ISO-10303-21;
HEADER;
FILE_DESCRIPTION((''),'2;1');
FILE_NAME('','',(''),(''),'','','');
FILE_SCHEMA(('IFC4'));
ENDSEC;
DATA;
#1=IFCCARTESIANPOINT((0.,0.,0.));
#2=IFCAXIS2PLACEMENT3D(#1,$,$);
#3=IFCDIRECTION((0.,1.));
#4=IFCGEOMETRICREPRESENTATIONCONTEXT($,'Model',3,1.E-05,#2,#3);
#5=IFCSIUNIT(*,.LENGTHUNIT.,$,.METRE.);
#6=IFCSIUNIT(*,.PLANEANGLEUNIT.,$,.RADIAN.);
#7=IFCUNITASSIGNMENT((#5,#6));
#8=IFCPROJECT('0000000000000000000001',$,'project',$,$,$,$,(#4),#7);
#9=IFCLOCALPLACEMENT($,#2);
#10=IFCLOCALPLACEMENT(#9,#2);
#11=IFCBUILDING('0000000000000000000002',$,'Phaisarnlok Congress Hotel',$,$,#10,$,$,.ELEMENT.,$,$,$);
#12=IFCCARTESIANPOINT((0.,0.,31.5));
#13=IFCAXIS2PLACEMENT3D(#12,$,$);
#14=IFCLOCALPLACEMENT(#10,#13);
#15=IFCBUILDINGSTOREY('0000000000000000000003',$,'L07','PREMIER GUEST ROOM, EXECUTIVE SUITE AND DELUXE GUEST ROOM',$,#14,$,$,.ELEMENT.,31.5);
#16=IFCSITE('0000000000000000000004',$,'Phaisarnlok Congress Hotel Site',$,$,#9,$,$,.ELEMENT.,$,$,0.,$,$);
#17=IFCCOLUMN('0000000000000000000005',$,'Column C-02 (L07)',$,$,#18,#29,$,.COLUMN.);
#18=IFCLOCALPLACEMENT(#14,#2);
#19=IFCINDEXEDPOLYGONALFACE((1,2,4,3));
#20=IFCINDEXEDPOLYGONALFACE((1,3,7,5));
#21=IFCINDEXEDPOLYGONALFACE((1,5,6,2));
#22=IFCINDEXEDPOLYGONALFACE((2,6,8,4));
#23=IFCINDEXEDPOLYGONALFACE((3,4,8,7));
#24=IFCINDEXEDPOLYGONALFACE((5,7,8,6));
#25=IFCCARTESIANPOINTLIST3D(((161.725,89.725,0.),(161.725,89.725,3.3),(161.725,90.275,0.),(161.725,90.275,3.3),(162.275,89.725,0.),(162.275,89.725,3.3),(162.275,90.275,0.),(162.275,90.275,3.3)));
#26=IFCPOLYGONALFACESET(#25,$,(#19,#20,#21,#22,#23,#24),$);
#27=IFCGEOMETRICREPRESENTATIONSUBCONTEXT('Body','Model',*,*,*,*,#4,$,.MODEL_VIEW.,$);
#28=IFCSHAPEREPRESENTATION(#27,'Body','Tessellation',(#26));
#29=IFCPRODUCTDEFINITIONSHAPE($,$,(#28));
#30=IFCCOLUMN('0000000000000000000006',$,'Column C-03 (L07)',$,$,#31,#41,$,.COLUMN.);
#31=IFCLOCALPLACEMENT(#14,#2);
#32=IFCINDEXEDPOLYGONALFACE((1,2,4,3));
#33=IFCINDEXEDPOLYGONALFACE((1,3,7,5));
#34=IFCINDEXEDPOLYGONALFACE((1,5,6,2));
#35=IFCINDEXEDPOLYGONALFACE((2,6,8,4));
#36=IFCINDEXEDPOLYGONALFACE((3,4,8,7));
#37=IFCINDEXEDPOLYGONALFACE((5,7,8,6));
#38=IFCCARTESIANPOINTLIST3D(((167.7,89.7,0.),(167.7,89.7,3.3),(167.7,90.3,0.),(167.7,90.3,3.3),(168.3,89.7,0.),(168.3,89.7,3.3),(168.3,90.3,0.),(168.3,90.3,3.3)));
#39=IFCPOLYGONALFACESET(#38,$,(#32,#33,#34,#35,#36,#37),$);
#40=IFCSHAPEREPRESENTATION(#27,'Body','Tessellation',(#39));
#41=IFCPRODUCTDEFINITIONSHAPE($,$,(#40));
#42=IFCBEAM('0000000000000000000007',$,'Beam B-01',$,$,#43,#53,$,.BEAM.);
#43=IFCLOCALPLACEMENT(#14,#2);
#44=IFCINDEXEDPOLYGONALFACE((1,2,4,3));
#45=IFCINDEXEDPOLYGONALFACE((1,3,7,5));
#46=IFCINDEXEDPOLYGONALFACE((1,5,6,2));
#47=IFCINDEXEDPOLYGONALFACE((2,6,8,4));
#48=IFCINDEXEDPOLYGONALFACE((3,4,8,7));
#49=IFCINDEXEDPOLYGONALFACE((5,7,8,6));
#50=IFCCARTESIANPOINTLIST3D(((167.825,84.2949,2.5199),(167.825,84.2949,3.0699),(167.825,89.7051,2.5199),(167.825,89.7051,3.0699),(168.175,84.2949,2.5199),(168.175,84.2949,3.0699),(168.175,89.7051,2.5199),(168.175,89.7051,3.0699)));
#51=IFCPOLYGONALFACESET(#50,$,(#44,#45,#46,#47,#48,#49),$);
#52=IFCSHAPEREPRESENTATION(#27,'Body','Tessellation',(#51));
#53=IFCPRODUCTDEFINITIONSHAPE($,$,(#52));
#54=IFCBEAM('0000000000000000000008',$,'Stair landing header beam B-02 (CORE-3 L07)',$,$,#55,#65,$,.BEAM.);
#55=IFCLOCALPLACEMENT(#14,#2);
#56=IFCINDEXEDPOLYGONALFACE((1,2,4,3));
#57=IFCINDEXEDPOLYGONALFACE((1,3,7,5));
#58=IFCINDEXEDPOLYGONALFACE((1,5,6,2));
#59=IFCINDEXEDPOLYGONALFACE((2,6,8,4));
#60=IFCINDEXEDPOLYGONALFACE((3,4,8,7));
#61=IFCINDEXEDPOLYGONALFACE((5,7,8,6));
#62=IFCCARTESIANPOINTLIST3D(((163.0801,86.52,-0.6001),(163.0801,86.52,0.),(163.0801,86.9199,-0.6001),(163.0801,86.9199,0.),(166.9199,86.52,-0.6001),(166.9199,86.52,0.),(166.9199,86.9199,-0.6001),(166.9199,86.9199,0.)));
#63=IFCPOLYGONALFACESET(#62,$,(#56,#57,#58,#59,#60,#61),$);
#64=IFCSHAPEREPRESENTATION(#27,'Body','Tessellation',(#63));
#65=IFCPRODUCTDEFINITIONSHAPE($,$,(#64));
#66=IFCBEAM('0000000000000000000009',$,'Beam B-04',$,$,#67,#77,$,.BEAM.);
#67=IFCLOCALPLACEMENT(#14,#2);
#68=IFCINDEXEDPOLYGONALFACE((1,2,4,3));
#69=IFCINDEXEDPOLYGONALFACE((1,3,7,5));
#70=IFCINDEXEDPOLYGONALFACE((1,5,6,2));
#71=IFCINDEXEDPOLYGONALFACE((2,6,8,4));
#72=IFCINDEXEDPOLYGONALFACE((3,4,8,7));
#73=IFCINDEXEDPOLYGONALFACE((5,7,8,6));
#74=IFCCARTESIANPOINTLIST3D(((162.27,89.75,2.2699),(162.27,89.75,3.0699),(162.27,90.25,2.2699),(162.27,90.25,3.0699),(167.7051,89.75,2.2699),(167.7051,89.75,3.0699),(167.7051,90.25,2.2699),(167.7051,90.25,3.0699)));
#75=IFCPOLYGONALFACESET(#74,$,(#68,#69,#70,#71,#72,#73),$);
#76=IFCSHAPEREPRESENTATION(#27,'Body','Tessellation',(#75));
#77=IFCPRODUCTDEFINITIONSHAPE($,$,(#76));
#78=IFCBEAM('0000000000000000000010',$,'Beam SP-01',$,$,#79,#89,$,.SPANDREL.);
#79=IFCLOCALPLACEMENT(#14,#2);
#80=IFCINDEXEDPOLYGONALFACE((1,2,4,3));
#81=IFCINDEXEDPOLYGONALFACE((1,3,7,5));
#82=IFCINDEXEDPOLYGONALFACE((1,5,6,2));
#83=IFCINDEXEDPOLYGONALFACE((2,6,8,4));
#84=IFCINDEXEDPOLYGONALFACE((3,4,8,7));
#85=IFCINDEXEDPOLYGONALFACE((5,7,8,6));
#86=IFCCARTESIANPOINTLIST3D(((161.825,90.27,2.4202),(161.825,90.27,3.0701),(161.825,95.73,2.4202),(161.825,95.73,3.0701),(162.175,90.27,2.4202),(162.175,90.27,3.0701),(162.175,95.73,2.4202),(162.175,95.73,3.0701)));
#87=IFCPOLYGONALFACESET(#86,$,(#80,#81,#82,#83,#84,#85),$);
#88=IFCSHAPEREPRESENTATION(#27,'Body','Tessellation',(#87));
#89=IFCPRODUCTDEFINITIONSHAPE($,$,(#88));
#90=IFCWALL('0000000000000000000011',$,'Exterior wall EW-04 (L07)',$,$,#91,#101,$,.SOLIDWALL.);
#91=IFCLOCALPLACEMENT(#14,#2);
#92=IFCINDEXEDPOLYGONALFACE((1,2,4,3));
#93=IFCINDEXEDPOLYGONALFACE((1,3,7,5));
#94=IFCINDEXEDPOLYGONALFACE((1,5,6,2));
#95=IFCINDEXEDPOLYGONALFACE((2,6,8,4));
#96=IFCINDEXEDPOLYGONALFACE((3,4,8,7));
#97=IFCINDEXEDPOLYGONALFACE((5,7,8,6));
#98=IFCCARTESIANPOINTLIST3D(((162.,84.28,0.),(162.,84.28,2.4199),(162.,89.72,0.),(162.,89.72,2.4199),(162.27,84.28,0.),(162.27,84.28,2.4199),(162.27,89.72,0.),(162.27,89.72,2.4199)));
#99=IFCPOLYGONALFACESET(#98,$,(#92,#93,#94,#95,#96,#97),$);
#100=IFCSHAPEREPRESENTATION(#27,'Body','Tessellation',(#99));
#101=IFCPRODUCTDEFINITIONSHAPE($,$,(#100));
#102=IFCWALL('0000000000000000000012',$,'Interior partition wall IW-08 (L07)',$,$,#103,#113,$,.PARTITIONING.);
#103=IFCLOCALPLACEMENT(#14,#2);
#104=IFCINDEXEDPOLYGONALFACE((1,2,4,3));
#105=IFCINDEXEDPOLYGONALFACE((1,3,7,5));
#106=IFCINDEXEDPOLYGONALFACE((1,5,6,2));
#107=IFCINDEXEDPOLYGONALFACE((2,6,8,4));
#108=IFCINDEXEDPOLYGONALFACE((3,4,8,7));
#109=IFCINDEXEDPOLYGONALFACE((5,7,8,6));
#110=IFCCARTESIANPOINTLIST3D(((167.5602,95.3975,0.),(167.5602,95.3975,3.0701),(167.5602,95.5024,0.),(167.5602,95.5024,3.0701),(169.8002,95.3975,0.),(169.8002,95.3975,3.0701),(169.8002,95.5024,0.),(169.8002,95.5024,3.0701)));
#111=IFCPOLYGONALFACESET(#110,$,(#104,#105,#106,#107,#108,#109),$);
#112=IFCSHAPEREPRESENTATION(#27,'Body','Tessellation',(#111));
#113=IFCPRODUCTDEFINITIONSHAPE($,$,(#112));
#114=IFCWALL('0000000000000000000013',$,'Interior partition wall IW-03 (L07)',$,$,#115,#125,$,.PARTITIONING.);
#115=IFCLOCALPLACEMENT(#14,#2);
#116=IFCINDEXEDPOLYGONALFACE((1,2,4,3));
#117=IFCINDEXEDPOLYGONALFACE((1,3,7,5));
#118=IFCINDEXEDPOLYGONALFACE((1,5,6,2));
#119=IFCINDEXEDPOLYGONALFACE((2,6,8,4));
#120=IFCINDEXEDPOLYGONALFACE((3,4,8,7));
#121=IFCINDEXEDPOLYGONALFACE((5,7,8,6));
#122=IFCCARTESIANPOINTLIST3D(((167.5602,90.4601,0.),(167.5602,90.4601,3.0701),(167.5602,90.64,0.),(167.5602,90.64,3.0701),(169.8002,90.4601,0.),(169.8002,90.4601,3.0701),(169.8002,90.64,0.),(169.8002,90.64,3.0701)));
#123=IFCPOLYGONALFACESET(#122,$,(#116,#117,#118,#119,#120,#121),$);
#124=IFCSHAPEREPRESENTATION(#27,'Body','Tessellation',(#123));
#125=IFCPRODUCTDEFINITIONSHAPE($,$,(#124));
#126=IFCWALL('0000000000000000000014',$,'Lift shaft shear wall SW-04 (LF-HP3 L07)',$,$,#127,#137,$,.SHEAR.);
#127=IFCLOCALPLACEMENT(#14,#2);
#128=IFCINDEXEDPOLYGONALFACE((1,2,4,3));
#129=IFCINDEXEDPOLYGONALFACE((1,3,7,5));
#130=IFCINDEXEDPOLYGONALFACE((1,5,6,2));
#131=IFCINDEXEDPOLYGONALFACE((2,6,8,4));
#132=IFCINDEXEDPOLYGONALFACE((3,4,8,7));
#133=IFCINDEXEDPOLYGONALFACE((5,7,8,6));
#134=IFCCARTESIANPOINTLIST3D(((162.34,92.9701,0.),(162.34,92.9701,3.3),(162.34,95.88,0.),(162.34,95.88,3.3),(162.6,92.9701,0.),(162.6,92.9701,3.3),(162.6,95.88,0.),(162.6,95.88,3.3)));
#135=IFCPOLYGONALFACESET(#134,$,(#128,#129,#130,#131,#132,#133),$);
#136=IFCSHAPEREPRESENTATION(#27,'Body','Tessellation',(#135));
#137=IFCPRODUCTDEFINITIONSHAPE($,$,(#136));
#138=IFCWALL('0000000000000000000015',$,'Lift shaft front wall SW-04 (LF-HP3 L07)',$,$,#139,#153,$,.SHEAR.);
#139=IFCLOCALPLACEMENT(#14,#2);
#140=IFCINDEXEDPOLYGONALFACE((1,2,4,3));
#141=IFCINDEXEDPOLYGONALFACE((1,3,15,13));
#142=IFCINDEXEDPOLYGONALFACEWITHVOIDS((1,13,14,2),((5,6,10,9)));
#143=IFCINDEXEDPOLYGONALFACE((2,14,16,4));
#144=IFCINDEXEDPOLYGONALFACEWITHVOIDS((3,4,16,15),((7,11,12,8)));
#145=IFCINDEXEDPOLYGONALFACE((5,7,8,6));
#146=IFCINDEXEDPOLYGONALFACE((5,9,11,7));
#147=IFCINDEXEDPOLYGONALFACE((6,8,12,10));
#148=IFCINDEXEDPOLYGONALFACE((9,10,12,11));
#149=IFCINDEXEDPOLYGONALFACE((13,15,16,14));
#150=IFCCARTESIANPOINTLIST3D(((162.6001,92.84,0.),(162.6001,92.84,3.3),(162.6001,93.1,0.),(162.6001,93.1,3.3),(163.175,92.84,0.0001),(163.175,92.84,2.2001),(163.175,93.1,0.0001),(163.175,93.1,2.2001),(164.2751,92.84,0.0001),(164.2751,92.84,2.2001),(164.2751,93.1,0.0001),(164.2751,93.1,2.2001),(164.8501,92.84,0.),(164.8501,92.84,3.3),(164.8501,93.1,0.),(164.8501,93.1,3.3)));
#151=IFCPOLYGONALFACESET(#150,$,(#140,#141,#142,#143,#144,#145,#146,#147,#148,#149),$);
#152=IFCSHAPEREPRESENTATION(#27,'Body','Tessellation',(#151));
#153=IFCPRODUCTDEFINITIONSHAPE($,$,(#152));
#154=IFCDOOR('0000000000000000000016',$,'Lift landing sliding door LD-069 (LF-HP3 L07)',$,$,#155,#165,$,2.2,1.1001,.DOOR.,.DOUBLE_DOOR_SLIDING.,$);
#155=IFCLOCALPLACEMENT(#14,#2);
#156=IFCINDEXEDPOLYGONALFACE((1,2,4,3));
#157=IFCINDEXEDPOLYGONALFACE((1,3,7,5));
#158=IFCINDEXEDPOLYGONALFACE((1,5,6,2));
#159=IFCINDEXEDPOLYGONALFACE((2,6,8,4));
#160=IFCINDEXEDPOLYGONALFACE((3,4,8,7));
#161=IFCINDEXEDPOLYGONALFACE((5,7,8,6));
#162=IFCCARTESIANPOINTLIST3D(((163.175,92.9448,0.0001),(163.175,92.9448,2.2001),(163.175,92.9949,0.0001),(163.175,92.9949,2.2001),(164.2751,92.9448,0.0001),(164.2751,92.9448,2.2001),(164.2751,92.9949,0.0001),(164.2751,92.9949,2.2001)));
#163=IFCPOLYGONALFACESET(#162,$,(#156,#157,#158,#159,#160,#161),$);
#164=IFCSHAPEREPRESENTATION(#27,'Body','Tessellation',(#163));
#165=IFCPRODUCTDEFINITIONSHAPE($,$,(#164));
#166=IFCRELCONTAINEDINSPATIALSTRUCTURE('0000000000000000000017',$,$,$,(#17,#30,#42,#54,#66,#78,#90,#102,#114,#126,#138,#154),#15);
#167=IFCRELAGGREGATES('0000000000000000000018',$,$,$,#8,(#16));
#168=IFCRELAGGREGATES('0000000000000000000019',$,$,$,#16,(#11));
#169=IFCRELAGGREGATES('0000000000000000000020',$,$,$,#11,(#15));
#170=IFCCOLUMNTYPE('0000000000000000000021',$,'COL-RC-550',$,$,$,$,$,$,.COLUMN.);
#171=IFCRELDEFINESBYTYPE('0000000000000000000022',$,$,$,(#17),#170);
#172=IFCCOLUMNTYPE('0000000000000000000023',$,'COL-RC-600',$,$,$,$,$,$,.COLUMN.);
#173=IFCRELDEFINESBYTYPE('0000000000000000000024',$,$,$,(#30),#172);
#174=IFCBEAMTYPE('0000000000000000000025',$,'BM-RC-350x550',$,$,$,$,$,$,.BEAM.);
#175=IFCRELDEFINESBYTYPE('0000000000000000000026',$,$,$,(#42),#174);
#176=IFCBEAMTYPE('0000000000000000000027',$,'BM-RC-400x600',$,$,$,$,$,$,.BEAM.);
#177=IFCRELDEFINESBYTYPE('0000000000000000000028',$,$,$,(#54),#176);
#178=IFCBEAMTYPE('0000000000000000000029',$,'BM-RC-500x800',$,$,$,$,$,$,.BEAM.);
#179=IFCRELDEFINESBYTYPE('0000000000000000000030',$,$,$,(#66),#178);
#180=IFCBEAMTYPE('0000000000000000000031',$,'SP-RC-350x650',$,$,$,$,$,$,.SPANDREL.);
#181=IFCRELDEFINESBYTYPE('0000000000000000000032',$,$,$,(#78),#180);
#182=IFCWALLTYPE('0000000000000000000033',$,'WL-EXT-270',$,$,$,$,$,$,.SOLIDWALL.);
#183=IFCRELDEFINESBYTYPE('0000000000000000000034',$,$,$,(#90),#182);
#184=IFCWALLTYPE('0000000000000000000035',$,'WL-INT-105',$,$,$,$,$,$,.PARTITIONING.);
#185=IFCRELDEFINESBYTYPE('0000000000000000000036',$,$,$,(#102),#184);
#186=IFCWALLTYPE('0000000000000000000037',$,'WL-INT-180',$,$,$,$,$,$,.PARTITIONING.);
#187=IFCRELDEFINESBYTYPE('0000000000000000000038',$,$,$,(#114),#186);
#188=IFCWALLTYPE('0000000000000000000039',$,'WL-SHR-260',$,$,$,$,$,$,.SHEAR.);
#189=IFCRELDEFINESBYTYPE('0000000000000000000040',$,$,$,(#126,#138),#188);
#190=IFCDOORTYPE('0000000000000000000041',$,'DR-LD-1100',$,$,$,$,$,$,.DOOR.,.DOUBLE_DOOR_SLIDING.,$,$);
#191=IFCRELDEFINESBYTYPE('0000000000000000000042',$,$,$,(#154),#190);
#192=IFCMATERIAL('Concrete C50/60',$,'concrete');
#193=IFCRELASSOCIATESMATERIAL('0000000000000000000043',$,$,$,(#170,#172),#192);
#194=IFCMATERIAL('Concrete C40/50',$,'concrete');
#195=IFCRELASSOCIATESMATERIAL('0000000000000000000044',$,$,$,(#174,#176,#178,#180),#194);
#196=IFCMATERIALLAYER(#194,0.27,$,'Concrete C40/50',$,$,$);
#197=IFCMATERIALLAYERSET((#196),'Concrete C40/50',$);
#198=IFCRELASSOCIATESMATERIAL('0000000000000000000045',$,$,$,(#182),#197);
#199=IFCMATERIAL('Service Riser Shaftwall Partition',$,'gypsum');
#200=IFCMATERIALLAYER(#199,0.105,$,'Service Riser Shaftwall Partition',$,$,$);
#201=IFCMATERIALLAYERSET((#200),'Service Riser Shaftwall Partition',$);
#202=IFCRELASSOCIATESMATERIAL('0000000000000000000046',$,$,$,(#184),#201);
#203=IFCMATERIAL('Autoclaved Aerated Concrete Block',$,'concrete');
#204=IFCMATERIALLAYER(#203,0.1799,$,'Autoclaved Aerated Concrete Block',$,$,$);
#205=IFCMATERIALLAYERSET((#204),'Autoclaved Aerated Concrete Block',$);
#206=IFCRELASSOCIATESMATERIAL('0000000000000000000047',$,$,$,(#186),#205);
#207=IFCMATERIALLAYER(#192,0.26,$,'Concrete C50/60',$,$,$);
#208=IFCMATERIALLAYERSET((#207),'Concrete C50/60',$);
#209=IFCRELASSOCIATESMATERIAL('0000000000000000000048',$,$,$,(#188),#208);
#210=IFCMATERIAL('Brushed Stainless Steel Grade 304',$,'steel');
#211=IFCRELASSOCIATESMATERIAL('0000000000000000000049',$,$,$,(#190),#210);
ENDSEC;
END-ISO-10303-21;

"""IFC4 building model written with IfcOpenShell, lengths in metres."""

from ifc_helpers import new_model, si_unit, direction, frame, frame_2d, origin, origin_2d, place, context, subcontext, project, spatial, rectangle, extrude, material, layer, layer_set, material_profile, profile_set, type_object, element, fill, save


model = new_model("IFC4")

# Units and contexts
model_context = context("Model", 3, precision=1e-05, world=origin(), true_north=direction((0.0, 1.0)))
body_context = subcontext(model_context, "Body", "Model", "MODEL_VIEW")
ifc_project = project(units=[si_unit("LENGTHUNIT", "METRE"), si_unit("PLANEANGLEUNIT", "RADIAN")], contexts=[model_context])

# Site, building, storey
site_placement = place(None, origin())
site = spatial("IfcSite", under=ifc_project, at=site_placement, Name="Phaisarnlok Congress Hotel Site", CompositionType="ELEMENT", RefElevation=0.0)
building_placement = place(site_placement, origin())
building = spatial("IfcBuilding", under=site, at=building_placement, Name="Phaisarnlok Congress Hotel", CompositionType="ELEMENT")
storey_placement = place(building_placement, frame((0.0, 0.0, 31.5)))
storey = spatial("IfcBuildingStorey", under=building, at=storey_placement, Name="L07", Description="PREMIER GUEST ROOM, EXECUTIVE SUITE AND DELUXE GUEST ROOM", CompositionType="ELEMENT", Elevation=31.5)

# Columns
ifc_material_1 = material(Name="Concrete C50/60", Category="concrete")
ifc_material_profile_1 = material_profile(ifc_material_1, rectangle(XDim=0.55, YDim=0.55, at=origin_2d()), Name="RC 550x550")
ifc_profile_set_1 = profile_set([ifc_material_profile_1], Name="Concrete C50/60")
column_type_1 = type_object("IfcColumnType", Name="COL-RC-550", PredefinedType="COLUMN", material=ifc_profile_set_1)
column_1_placement = place(storey_placement, frame((162.0, 90.0, 0.0), z_axis=(0.0, 0.0, 1.0), x_axis=(1.0, 0.0, 0.0)))
element("IfcColumn", 1, at=column_1_placement, inside=storey, type_object=column_type_1, Name="Column C-02 (L07)", PredefinedType="COLUMN", context=body_context, shape_type="SweptSolid", body=[
    extrude(rectangle(XDim=0.55, YDim=0.55, at=origin_2d()), origin(), (0.0, 0.0, 1.0), 3.3),
])
ifc_material_profile_2 = material_profile(ifc_material_1, rectangle(XDim=0.6001, YDim=0.6001, at=origin_2d()), Name="RC 600x600")
ifc_profile_set_2 = profile_set([ifc_material_profile_2], Name="Concrete C50/60")
column_type_2 = type_object("IfcColumnType", Name="COL-RC-600", PredefinedType="COLUMN", material=ifc_profile_set_2)
column_2_placement = place(storey_placement, frame((168.0, 90.0, 0.0), z_axis=(0.0, 0.0, 1.0), x_axis=(1.0, 0.0, 0.0)))
element("IfcColumn", 2, at=column_2_placement, inside=storey, type_object=column_type_2, Name="Column C-03 (L07)", PredefinedType="COLUMN", context=body_context, shape_type="SweptSolid", body=[
    extrude(rectangle(XDim=0.6001, YDim=0.6001, at=origin_2d()), origin(), (0.0, 0.0, 1.0), 3.3),
])

# Beams
ifc_material_2 = material(Name="Concrete C40/50", Category="concrete")
ifc_material_profile_3 = material_profile(ifc_material_2, rectangle(XDim=0.3501, YDim=0.55, at=origin_2d()), Name="RC 350x550")
ifc_profile_set_3 = profile_set([ifc_material_profile_3], Name="Concrete C40/50")
beam_type_1 = type_object("IfcBeamType", Name="BM-RC-350x550", PredefinedType="BEAM", material=ifc_profile_set_3)
beam_1_placement = place(storey_placement, frame((168.0, 84.2949, 2.7949), z_axis=(0.0, 1.0, 0.0), x_axis=(-1.0, 0.0, 0.0)))
element("IfcBeam", 3, at=beam_1_placement, inside=storey, type_object=beam_type_1, Name="Beam B-01", PredefinedType="BEAM", context=body_context, shape_type="SweptSolid", body=[
    extrude(rectangle(XDim=0.3501, YDim=0.55, at=origin_2d()), origin(), (0.0, 0.0, 1.0), 5.4102),
])
ifc_material_profile_4 = material_profile(ifc_material_2, rectangle(XDim=0.3999, YDim=0.6001, at=origin_2d()), Name="RC 400x600")
ifc_profile_set_4 = profile_set([ifc_material_profile_4], Name="Concrete C40/50")
beam_type_2 = type_object("IfcBeamType", Name="BM-RC-400x600", PredefinedType="BEAM", material=ifc_profile_set_4)
beam_2_placement = place(storey_placement, frame((163.0801, 86.72, -0.3), z_axis=(1.0, 0.0, 0.0), x_axis=(0.0, 1.0, 0.0)))
element("IfcBeam", 4, at=beam_2_placement, inside=storey, type_object=beam_type_2, Name="Stair landing header beam B-02 (CORE-3 L07)", PredefinedType="BEAM", context=body_context, shape_type="SweptSolid", body=[
    extrude(rectangle(XDim=0.3999, YDim=0.6001, at=origin_2d()), origin(), (0.0, 0.0, 1.0), 3.8398),
])
ifc_material_profile_5 = material_profile(ifc_material_2, rectangle(XDim=0.5, YDim=0.8, at=origin_2d()), Name="RC 500x800")
ifc_profile_set_5 = profile_set([ifc_material_profile_5], Name="Concrete C40/50")
beam_type_3 = type_object("IfcBeamType", Name="BM-RC-500x800", PredefinedType="BEAM", material=ifc_profile_set_5)
beam_3_placement = place(storey_placement, frame((162.27, 90.0, 2.6699), z_axis=(1.0, 0.0, 0.0), x_axis=(0.0, 1.0, 0.0)))
element("IfcBeam", 5, at=beam_3_placement, inside=storey, type_object=beam_type_3, Name="Beam B-04", PredefinedType="BEAM", context=body_context, shape_type="SweptSolid", body=[
    extrude(rectangle(XDim=0.5, YDim=0.8, at=origin_2d()), origin(), (0.0, 0.0, 1.0), 5.4351),
])
ifc_material_profile_6 = material_profile(ifc_material_2, rectangle(XDim=0.3501, YDim=0.6499, at=origin_2d()), Name="RC 350x650")
ifc_profile_set_6 = profile_set([ifc_material_profile_6], Name="Concrete C40/50")
beam_type_4 = type_object("IfcBeamType", Name="SP-RC-350x650", PredefinedType="SPANDREL", material=ifc_profile_set_6)
beam_4_placement = place(storey_placement, frame((162.0, 90.27, 2.7451), z_axis=(0.0, 1.0, 0.0), x_axis=(-1.0, 0.0, 0.0)))
element("IfcBeam", 6, at=beam_4_placement, inside=storey, type_object=beam_type_4, Name="Beam SP-01", PredefinedType="SPANDREL", context=body_context, shape_type="SweptSolid", body=[
    extrude(rectangle(XDim=0.3501, YDim=0.6499, at=origin_2d()), origin(), (0.0, 0.0, 1.0), 5.46),
])

# Walls
ifc_layer_1 = layer(ifc_material_2, 0.27, Name="Concrete C40/50")
ifc_layer_set_1 = layer_set([ifc_layer_1], Name="Concrete C40/50")
wall_type_1 = type_object("IfcWallType", Name="WL-EXT-270", PredefinedType="SOLIDWALL", material=ifc_layer_set_1)
wall_1_placement = place(storey_placement, frame((162.135, 89.72, 0.0), z_axis=(0.0, 0.0, 1.0), x_axis=(0.0, -1.0, 0.0)))
element("IfcWall", 7, at=wall_1_placement, inside=storey, type_object=wall_type_1, Name="Exterior wall EW-04 (L07)", PredefinedType="SOLIDWALL", context=body_context, shape_type="SweptSolid", body=[
    extrude(rectangle(XDim=5.4399, YDim=0.27, at=frame_2d((2.72, 0.0))), origin(), (0.0, 0.0, 1.0), 2.4199),
])
ifc_material_3 = material(Name="Service Riser Shaftwall Partition", Category="gypsum")
ifc_layer_2 = layer(ifc_material_3, 0.105, Name="Service Riser Shaftwall Partition")
ifc_layer_set_2 = layer_set([ifc_layer_2], Name="Service Riser Shaftwall Partition")
wall_type_2 = type_object("IfcWallType", Name="WL-INT-105", PredefinedType="PARTITIONING", material=ifc_layer_set_2)
wall_2_placement = place(storey_placement, frame((167.5601, 95.45, 0.0), z_axis=(0.0, 0.0, 1.0), x_axis=(1.0, 0.0, 0.0)))
element("IfcWall", 8, at=wall_2_placement, inside=storey, type_object=wall_type_2, Name="Interior partition wall IW-08 (L07)", PredefinedType="PARTITIONING", context=body_context, shape_type="SweptSolid", body=[
    extrude(rectangle(XDim=2.24, YDim=0.105, at=frame_2d((1.1201, 0.0))), origin(), (0.0, 0.0, 1.0), 3.0701),
])
ifc_material_4 = material(Name="Autoclaved Aerated Concrete Block", Category="concrete")
ifc_layer_3 = layer(ifc_material_4, 0.1799, Name="Autoclaved Aerated Concrete Block")
ifc_layer_set_3 = layer_set([ifc_layer_3], Name="Autoclaved Aerated Concrete Block")
wall_type_3 = type_object("IfcWallType", Name="WL-INT-180", PredefinedType="PARTITIONING", material=ifc_layer_set_3)
wall_3_placement = place(storey_placement, frame((167.5601, 90.55, 0.0), z_axis=(0.0, 0.0, 1.0), x_axis=(1.0, 0.0, 0.0)))
element("IfcWall", 9, at=wall_3_placement, inside=storey, type_object=wall_type_3, Name="Interior partition wall IW-03 (L07)", PredefinedType="PARTITIONING", context=body_context, shape_type="SweptSolid", body=[
    extrude(rectangle(XDim=2.24, YDim=0.1799, at=frame_2d((1.1201, 0.0))), origin(), (0.0, 0.0, 1.0), 3.0701),
])

# Shared definitions
ifc_layer_4 = layer(ifc_material_1, 0.26, Name="Concrete C50/60")
ifc_layer_set_4 = layer_set([ifc_layer_4], Name="Concrete C50/60")
wall_type_4 = type_object("IfcWallType", Name="WL-SHR-260", PredefinedType="SHEAR", material=ifc_layer_set_4)

# Wall
wall_4_placement = place(storey_placement, frame((162.47, 92.97, 0.0), z_axis=(0.0, 0.0, 1.0), x_axis=(0.0, 1.0, 0.0)))
element("IfcWall", 10, at=wall_4_placement, inside=storey, type_object=wall_type_4, Name="Lift shaft shear wall SW-04 (LF-HP3 L07)", PredefinedType="SHEAR", context=body_context, shape_type="SweptSolid", body=[
    extrude(rectangle(XDim=2.9099, YDim=0.26, at=frame_2d((1.4551, 0.0))), origin(), (0.0, 0.0, 1.0), 3.3),
])

# Wall, opening, door
wall_5_placement = place(storey_placement, frame((162.6001, 92.97, 0.0), z_axis=(0.0, 0.0, 1.0), x_axis=(1.0, 0.0, 0.0)))
wall_5 = element("IfcWall", 11, at=wall_5_placement, inside=storey, type_object=wall_type_4, Name="Lift shaft front wall SW-04 (LF-HP3 L07)", PredefinedType="SHEAR", context=body_context, shape_type="SweptSolid", body=[
    extrude(rectangle(XDim=2.25, YDim=0.26, at=frame_2d((1.125, 0.0))), origin(), (0.0, 0.0, 1.0), 3.3),
])
opening_1_placement = place(wall_5_placement, frame((0.575, 0.0, 0.0)))
opening_1 = element("IfcOpeningElement", 12, at=opening_1_placement, cuts=wall_5, PredefinedType="OPENING", context=body_context, shape_type="SweptSolid", body=[
    extrude(rectangle(XDim=1.1001, YDim=2.2, at=frame_2d((0.55, 1.1001))), frame((0.0, 0.1401, 0.0), z_axis=(0.0, -1.0, 0.0), x_axis=(1.0, 0.0, 0.0)), (0.0, 0.0, 1.0), 0.28),
])
ifc_material_5 = material(Name="Brushed Stainless Steel Grade 304", Category="steel")
door_type_1 = type_object("IfcDoorType", Name="DR-LD-1100", OperationType="DOUBLE_DOOR_SLIDING", PredefinedType="DOOR", material=ifc_material_5)
door_1_placement = place(opening_1_placement, origin())
door_1 = element("IfcDoor", 13, at=door_1_placement, inside=storey, type_object=door_type_1, Name="Lift landing sliding door LD-069 (LF-HP3 L07)", OperationType="DOUBLE_DOOR_SLIDING", OverallHeight=2.2, OverallWidth=1.1001, PredefinedType="DOOR", context=body_context, shape_type="SweptSolid", body=[
    extrude(rectangle(XDim=1.1001, YDim=2.2, at=frame_2d((0.55, 1.1001))), frame((0.0, 0.0249, 0.0), z_axis=(0.0, -1.0, 0.0), x_axis=(1.0, 0.0, 0.0)), (0.0, 0.0, 1.0), 0.05),
])
fill(opening_1, door_1)

save(model, "model.ifc")
